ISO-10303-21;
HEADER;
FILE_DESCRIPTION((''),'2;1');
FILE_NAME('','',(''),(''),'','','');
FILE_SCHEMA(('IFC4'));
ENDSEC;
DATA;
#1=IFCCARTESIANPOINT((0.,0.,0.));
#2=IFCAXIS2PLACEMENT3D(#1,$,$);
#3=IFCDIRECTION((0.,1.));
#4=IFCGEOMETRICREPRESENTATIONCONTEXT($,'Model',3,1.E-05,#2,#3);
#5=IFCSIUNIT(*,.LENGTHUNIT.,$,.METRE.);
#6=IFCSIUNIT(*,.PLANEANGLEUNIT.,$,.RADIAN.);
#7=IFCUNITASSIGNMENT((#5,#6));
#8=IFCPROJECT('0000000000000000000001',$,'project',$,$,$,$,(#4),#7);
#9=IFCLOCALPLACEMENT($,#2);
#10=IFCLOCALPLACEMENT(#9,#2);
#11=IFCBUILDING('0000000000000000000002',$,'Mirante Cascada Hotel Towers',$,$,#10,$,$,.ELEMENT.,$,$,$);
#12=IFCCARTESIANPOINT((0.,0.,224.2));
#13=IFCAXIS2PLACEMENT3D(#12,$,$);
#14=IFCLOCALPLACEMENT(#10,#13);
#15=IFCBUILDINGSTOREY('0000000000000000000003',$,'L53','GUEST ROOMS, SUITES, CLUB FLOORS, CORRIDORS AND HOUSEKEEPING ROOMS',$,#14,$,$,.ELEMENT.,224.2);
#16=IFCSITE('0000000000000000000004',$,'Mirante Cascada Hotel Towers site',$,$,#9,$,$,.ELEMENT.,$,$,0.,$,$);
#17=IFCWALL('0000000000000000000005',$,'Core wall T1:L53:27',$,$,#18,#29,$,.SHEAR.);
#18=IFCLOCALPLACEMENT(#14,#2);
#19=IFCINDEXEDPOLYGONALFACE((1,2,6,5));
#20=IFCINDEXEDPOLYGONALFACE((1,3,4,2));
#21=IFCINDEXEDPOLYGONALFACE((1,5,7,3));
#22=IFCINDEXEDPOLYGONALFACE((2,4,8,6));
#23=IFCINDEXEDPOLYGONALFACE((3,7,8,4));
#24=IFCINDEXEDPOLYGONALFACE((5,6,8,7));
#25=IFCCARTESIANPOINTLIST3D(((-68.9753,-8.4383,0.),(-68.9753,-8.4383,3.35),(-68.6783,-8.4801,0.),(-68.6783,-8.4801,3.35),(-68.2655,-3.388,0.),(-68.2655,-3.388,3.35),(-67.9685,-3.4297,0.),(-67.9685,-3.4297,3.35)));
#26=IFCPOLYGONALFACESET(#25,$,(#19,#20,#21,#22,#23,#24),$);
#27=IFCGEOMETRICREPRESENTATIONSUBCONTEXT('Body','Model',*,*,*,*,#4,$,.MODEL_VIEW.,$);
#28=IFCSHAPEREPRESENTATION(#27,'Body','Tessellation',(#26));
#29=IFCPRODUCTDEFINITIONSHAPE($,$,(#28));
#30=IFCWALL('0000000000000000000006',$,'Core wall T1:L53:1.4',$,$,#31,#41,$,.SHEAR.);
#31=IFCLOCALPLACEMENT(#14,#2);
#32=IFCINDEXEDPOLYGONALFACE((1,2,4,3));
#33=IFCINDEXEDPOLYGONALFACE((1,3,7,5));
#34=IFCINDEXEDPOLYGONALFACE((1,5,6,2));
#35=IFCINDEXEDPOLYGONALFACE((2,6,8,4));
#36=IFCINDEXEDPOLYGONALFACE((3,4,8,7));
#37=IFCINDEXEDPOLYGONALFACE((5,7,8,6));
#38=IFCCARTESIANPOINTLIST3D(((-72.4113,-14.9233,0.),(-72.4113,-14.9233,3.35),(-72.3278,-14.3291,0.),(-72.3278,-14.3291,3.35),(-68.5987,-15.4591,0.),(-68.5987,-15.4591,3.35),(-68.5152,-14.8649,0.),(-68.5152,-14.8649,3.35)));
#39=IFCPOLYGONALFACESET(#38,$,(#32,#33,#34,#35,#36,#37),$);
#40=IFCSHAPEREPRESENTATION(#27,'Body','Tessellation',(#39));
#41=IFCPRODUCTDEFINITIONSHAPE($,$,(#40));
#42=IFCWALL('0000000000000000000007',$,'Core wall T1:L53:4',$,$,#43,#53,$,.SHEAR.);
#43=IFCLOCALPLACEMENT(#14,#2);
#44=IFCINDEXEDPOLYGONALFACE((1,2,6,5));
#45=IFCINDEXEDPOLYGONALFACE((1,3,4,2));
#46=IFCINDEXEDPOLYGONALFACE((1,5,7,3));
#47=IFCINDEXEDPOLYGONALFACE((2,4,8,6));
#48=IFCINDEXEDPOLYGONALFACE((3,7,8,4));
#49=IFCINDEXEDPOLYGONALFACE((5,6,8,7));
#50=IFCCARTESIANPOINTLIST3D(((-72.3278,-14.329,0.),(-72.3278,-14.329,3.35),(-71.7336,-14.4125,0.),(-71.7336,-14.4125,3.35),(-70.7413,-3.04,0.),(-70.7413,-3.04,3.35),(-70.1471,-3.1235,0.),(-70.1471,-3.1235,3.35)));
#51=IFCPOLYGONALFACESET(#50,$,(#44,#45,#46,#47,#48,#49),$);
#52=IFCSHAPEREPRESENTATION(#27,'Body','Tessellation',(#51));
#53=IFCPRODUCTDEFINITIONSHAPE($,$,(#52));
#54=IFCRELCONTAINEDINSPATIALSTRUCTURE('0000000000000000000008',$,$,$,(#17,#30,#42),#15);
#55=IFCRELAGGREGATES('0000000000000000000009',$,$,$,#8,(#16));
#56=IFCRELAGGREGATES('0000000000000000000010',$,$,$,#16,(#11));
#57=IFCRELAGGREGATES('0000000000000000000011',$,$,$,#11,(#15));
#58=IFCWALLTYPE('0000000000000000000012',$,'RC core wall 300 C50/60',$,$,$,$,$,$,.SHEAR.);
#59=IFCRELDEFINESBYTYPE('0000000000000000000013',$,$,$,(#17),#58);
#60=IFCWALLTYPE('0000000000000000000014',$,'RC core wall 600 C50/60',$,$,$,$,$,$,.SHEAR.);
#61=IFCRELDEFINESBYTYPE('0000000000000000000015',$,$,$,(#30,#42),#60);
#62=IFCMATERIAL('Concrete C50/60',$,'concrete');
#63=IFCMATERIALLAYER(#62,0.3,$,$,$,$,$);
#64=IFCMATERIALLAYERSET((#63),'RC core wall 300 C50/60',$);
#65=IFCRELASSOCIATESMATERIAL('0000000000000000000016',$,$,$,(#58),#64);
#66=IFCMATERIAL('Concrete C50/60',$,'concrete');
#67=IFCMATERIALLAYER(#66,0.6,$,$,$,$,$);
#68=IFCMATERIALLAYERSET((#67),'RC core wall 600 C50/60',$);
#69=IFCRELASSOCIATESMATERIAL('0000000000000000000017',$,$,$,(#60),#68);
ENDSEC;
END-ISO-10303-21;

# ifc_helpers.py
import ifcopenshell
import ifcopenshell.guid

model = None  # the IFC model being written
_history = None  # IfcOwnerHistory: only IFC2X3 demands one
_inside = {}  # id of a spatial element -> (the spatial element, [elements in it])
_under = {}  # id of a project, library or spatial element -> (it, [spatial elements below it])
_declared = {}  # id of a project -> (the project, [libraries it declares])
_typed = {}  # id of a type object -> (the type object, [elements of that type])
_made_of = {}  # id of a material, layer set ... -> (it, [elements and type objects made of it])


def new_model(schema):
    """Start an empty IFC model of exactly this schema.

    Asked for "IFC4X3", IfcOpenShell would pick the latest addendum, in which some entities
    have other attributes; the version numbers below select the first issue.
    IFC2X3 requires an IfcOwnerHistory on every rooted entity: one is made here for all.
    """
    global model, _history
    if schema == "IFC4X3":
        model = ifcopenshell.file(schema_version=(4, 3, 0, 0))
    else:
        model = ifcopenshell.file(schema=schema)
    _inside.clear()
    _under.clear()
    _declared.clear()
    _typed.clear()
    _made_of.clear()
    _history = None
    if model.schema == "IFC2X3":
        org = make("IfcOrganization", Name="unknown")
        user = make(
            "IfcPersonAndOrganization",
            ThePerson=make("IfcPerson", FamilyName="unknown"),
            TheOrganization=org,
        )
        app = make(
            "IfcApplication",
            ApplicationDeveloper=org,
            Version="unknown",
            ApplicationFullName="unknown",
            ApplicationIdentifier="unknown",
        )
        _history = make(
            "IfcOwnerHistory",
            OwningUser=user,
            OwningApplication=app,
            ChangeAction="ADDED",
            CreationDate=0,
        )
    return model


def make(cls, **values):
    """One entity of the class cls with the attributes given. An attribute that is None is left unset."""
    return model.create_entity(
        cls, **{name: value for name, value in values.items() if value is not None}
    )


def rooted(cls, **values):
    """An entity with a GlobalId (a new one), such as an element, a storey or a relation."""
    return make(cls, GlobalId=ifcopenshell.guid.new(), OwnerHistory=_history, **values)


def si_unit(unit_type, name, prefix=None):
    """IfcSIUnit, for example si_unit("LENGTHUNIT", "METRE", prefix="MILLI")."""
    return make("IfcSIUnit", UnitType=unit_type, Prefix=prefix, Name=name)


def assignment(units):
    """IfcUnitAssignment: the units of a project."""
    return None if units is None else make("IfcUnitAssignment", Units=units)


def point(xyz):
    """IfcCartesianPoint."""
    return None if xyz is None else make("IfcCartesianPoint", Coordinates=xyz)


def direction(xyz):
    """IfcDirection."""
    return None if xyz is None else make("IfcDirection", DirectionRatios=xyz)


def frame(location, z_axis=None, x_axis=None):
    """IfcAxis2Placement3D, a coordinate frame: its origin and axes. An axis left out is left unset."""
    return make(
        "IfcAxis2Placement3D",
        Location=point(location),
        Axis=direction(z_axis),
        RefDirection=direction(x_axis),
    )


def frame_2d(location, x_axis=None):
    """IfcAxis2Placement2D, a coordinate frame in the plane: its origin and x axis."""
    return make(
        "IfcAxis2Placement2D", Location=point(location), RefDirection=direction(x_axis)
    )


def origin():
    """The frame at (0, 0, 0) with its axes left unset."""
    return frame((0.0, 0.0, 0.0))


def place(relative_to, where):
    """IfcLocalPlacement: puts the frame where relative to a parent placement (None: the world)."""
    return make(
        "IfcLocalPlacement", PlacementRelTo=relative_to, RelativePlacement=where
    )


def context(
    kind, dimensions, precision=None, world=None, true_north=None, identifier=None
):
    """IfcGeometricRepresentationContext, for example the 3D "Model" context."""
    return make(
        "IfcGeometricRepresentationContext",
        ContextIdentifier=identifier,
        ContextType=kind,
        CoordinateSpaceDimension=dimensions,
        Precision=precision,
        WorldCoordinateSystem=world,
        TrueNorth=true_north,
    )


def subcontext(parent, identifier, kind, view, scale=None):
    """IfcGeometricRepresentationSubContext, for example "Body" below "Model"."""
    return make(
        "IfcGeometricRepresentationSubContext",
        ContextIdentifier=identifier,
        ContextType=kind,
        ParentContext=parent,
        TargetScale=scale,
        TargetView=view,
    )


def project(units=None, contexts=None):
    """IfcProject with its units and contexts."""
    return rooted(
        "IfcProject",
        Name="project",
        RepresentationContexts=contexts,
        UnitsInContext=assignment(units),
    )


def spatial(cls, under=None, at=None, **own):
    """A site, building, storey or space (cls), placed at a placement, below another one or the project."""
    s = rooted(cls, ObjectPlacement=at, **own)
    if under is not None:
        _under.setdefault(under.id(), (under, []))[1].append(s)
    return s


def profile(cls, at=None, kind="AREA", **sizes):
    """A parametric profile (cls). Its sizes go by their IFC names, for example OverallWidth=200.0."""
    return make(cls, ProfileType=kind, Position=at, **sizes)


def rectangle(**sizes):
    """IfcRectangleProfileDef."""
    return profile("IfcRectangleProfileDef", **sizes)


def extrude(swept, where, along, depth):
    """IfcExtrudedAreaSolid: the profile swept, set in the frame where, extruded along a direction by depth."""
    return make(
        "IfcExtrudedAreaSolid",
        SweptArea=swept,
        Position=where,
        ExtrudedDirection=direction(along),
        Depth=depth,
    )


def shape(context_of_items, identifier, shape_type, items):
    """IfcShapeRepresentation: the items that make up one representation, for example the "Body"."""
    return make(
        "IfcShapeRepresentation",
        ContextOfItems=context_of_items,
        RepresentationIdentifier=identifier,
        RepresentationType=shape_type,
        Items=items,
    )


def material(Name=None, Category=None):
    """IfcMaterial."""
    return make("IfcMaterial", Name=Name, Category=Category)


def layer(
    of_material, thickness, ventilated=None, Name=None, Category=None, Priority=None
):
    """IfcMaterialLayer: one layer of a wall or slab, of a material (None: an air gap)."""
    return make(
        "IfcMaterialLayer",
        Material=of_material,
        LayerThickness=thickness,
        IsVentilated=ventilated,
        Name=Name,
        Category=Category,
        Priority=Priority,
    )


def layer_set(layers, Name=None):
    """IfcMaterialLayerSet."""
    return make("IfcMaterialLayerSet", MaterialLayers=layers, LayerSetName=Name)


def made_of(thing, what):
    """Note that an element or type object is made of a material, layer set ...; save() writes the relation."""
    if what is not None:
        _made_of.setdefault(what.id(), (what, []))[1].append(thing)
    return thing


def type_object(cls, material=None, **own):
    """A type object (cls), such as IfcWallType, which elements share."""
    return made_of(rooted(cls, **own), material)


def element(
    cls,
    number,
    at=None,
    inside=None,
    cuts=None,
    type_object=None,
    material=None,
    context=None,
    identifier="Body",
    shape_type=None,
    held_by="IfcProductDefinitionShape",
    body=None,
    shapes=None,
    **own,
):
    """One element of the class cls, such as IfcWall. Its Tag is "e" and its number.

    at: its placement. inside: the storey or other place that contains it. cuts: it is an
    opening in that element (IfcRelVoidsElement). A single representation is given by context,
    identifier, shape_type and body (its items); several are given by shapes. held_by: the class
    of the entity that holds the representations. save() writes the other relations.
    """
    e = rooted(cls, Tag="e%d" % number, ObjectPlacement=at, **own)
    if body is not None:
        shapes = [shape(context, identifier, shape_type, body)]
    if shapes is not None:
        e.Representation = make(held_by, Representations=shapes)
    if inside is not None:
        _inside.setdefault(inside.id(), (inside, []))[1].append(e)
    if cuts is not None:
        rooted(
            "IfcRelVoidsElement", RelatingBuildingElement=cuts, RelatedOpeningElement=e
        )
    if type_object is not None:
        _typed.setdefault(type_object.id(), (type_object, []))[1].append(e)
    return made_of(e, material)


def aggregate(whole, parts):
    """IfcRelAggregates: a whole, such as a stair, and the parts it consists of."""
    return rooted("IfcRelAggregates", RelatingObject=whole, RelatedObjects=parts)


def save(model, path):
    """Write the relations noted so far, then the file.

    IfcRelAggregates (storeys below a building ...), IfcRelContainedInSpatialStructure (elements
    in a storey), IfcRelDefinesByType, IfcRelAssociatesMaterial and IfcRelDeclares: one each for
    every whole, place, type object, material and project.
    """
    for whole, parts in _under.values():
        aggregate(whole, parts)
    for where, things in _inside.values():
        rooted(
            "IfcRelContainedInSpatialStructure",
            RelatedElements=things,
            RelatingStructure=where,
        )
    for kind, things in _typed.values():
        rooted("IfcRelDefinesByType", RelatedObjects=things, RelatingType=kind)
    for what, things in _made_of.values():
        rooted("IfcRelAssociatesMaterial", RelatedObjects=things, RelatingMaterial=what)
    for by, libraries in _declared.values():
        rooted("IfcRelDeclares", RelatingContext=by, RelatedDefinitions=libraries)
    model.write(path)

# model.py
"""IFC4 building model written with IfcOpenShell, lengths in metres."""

from ifc_helpers import new_model, si_unit, direction, frame, frame_2d, origin, place, context, subcontext, project, spatial, rectangle, extrude, material, layer, layer_set, type_object, element, save


model = new_model("IFC4")

# Units and contexts
model_context = context("Model", 3, precision=1e-05, world=origin(), true_north=direction((0.0, 1.0)))
body_context = subcontext(model_context, "Body", "Model", "MODEL_VIEW")
ifc_project = project(units=[si_unit("LENGTHUNIT", "METRE"), si_unit("PLANEANGLEUNIT", "RADIAN")], contexts=[model_context])

# Site, building, storey
site_placement = place(None, origin())
site = spatial("IfcSite", under=ifc_project, at=site_placement, Name="Mirante Cascada Hotel Towers site", CompositionType="ELEMENT", RefElevation=0.0)
building_placement = place(site_placement, origin())
building = spatial("IfcBuilding", under=site, at=building_placement, Name="Mirante Cascada Hotel Towers", CompositionType="ELEMENT")
storey_placement = place(building_placement, frame((0.0, 0.0, 224.2)))
storey = spatial("IfcBuildingStorey", under=building, at=storey_placement, Name="L53", Description="GUEST ROOMS, SUITES, CLUB FLOORS, CORRIDORS AND HOUSEKEEPING ROOMS", CompositionType="ELEMENT", Elevation=224.2)

# Walls
ifc_material_1 = material(Name="Concrete C50/60", Category="concrete")
ifc_layer_1 = layer(ifc_material_1, 0.3)
ifc_layer_set_1 = layer_set([ifc_layer_1], Name="RC core wall 300 C50/60")
wall_type_1 = type_object("IfcWallType", Name="RC core wall 300 C50/60", PredefinedType="SHEAR", material=ifc_layer_set_1)
wall_1_placement = place(storey_placement, frame((-68.8268, -8.4592, 0.0), z_axis=(0.0, 0.0, 1.0), x_axis=(0.139176, 0.990268, 0.0)))
element("IfcWall", 1, at=wall_1_placement, inside=storey, type_object=wall_type_1, Name="Core wall T1:L53:27", PredefinedType="SHEAR", context=body_context, shape_type="SweptSolid", body=[
    extrude(rectangle(XDim=5.1, YDim=0.3, at=frame_2d((2.55, 0.0))), origin(), (0.0, 0.0, 1.0), 3.35),
])
ifc_material_2 = material(Name="Concrete C50/60", Category="concrete")
ifc_layer_2 = layer(ifc_material_2, 0.6)
ifc_layer_set_2 = layer_set([ifc_layer_2], Name="RC core wall 600 C50/60")
wall_type_2 = type_object("IfcWallType", Name="RC core wall 600 C50/60", PredefinedType="SHEAR", material=ifc_layer_set_2)
wall_2_placement = place(storey_placement, frame((-68.557, -15.162, 0.0), z_axis=(0.0, 0.0, 1.0), x_axis=(-0.990269, 0.139166, 0.0)))
element("IfcWall", 2, at=wall_2_placement, inside=storey, type_object=wall_type_2, Name="Core wall T1:L53:1.4", PredefinedType="SHEAR", context=body_context, shape_type="SweptSolid", body=[
    extrude(rectangle(XDim=3.8501, YDim=0.6, at=frame_2d((1.925, 0.0))), origin(), (0.0, 0.0, 1.0), 3.35),
])
wall_3_placement = place(storey_placement, frame((-72.0307, -14.3708, 0.0), z_axis=(0.0, 0.0, 1.0), x_axis=(0.139167, 0.990269, 0.0)))
element("IfcWall", 3, at=wall_3_placement, inside=storey, type_object=wall_type_2, Name="Core wall T1:L53:4", PredefinedType="SHEAR", context=body_context, shape_type="SweptSolid", body=[
    extrude(rectangle(XDim=11.3999, YDim=0.6, at=frame_2d((5.7, 0.0))), origin(), (0.0, 0.0, 1.0), 3.35),
])

save(model, "model.ifc")
